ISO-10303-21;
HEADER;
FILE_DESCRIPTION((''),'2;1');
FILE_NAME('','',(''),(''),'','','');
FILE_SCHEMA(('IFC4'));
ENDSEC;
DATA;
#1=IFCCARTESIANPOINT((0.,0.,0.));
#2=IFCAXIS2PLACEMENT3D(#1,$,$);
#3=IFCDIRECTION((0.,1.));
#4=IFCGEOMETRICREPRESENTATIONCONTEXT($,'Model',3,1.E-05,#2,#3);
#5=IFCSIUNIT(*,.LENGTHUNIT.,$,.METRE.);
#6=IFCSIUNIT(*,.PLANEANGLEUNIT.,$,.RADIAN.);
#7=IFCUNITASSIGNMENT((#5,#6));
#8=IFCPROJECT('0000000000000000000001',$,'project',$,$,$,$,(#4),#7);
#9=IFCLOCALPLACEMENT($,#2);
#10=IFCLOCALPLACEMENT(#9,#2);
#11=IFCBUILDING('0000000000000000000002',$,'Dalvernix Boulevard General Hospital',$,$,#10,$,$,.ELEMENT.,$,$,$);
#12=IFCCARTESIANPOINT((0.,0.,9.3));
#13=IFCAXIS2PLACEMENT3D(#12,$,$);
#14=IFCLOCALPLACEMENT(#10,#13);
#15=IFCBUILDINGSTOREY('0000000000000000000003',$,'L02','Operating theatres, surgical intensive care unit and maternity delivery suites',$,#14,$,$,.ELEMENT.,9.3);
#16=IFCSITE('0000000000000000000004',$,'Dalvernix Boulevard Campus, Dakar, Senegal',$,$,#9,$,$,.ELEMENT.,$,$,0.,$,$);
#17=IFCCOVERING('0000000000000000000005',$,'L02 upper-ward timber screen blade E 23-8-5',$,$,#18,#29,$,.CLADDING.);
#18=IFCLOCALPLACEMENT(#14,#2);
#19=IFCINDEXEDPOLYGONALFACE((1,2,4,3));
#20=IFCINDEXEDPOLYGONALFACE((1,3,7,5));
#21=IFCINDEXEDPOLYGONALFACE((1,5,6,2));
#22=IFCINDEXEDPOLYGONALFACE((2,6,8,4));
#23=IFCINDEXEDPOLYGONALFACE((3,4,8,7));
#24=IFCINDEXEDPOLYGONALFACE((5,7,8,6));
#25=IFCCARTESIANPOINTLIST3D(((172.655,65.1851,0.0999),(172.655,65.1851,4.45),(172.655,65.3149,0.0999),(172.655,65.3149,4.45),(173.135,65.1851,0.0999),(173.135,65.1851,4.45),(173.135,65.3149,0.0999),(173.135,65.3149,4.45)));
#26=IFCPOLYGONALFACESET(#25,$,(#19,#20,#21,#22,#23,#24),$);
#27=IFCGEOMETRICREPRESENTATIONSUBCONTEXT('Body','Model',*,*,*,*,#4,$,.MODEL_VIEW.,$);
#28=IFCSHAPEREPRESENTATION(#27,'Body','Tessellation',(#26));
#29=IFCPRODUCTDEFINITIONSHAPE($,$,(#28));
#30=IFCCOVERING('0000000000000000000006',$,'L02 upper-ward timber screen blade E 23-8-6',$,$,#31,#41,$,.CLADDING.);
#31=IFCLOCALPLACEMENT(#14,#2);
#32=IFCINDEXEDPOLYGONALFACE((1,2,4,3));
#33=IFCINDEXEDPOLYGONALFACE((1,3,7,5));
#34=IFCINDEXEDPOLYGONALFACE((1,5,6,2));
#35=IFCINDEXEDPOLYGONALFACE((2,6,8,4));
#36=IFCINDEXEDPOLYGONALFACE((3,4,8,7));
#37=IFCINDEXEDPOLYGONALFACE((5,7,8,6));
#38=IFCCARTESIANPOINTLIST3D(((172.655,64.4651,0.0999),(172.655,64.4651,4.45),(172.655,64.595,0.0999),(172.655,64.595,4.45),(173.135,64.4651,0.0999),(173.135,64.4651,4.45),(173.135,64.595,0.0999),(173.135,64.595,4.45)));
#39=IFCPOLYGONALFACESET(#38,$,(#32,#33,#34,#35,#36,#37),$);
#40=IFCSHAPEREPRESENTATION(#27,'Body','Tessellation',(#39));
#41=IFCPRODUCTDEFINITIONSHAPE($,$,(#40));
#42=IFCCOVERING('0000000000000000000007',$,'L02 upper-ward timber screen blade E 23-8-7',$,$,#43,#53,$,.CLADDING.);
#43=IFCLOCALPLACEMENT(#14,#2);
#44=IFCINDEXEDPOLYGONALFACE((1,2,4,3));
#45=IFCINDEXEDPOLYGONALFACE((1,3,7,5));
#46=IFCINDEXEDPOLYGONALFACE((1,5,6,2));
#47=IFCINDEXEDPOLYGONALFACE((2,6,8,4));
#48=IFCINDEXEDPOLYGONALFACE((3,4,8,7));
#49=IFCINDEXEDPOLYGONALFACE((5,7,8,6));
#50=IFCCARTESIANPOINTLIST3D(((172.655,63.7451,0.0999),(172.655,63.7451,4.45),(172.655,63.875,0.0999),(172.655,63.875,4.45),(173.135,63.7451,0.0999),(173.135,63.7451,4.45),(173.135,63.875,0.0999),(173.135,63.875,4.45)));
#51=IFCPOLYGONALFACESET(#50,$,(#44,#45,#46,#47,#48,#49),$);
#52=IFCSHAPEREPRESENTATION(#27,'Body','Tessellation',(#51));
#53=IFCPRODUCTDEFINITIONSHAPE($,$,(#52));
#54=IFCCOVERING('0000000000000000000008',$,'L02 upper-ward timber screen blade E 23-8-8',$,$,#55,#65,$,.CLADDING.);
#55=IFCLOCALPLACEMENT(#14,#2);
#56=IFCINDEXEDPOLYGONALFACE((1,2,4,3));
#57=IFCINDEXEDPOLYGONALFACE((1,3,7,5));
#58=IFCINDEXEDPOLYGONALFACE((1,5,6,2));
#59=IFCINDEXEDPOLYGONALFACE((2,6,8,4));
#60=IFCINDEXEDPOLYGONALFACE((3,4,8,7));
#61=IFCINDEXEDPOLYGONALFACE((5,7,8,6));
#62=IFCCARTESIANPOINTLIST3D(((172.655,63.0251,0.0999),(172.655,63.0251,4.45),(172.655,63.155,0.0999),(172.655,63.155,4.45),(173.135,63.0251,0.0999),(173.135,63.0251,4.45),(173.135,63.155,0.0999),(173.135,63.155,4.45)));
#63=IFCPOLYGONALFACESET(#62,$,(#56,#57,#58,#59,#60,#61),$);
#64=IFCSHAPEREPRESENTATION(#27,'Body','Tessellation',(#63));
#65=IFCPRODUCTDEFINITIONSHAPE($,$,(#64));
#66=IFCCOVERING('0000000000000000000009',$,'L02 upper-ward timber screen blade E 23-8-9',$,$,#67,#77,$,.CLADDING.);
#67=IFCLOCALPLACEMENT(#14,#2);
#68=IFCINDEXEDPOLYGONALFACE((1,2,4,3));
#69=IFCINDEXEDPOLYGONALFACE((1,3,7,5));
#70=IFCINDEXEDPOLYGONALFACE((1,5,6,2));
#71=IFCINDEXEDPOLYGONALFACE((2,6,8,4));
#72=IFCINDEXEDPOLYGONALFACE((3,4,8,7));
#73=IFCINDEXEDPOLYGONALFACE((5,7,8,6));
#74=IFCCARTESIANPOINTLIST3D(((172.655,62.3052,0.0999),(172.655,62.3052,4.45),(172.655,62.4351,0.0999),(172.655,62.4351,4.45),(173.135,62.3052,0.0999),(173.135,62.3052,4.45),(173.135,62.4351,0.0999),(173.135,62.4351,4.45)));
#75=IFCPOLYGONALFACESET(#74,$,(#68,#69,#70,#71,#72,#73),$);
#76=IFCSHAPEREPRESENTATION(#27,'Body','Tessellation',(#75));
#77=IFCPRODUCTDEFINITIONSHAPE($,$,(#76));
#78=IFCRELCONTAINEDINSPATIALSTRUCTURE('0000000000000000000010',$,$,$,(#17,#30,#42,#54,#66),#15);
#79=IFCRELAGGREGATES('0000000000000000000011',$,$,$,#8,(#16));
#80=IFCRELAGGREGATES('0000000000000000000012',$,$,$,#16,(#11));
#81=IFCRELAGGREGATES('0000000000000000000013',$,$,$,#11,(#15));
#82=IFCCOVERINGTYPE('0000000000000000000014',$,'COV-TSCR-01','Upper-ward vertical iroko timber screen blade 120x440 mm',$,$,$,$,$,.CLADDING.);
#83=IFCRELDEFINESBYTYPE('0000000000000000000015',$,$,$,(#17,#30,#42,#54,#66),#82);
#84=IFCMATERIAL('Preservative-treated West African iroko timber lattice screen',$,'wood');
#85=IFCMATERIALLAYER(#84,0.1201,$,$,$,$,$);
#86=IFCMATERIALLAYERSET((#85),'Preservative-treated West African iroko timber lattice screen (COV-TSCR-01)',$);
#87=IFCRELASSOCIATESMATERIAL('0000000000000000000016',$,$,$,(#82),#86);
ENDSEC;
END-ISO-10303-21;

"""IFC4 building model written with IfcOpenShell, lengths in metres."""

from ifc_helpers import new_model, si_unit, direction, frame, origin, origin_2d, place, context, subcontext, project, spatial, rectangle, extrude, material, layer, layer_set, type_object, element, save


model = new_model("IFC4")

# Units and contexts
model_context = context("Model", 3, precision=1e-05, world=origin(), true_north=direction((0.0, 1.0)))
body_context = subcontext(model_context, "Body", "Model", "MODEL_VIEW")
ifc_project = project(units=[si_unit("LENGTHUNIT", "METRE"), si_unit("PLANEANGLEUNIT", "RADIAN")], contexts=[model_context])

# Site, building, storey
site_placement = place(None, origin())
site = spatial("IfcSite", under=ifc_project, at=site_placement, Name="Dalvernix Boulevard Campus, Dakar, Senegal", CompositionType="ELEMENT", RefElevation=0.0)
building_placement = place(site_placement, origin())
building = spatial("IfcBuilding", under=site, at=building_placement, Name="Dalvernix Boulevard General Hospital", CompositionType="ELEMENT")
storey_placement = place(building_placement, frame((0.0, 0.0, 9.3)))
storey = spatial("IfcBuildingStorey", under=building, at=storey_placement, Name="L02", Description="Operating theatres, surgical intensive care unit and maternity delivery suites", CompositionType="ELEMENT", Elevation=9.3)

# Coverings
ifc_material_1 = material(Name="Preservative-treated West African iroko timber lattice screen", Category="wood")
ifc_layer_1 = layer(ifc_material_1, 0.1201)
ifc_layer_set_1 = layer_set([ifc_layer_1], Name="Preservative-treated West African iroko timber lattice screen (COV-TSCR-01)")
covering_type_1 = type_object("IfcCoveringType", Name="COV-TSCR-01", Description="Upper-ward vertical iroko timber screen blade 120x440 mm", PredefinedType="CLADDING", material=ifc_layer_set_1)
for number, where, z_axis, x_axis, name in (
    (1, (172.895, 65.25, 0.0999), (0.0, 0.0, 1.0), (0.0, -1.0, 0.0), "L02 upper-ward timber screen blade E 23-8-5"),
    (2, (172.895, 64.53, 0.0999), (0.0, 0.0, 1.0), (0.0, -1.0, 0.0), "L02 upper-ward timber screen blade E 23-8-6"),
    (3, (172.895, 63.8101, 0.0999), (0.0, 0.0, 1.0), (0.0, -1.0, 0.0), "L02 upper-ward timber screen blade E 23-8-7"),
    (4, (172.895, 63.0901, 0.0999), (0.0, 0.0, 1.0), (0.0, -1.0, 0.0), "L02 upper-ward timber screen blade E 23-8-8"),
    (5, (172.895, 62.3701, 0.0999), (0.0, 0.0, 1.0), (0.0, -1.0, 0.0), "L02 upper-ward timber screen blade E 23-8-9"),
):
    element("IfcCovering", number, at=place(storey_placement, frame(where, z_axis=z_axis, x_axis=x_axis)), inside=storey, type_object=covering_type_1, Name=name, PredefinedType="CLADDING", context=body_context, shape_type="SweptSolid", body=[
        extrude(rectangle(XDim=0.1299, YDim=0.48, at=origin_2d()), origin(), (0.0, 0.0, 1.0), 4.3501),
    ])

save(model, "model.ifc")
